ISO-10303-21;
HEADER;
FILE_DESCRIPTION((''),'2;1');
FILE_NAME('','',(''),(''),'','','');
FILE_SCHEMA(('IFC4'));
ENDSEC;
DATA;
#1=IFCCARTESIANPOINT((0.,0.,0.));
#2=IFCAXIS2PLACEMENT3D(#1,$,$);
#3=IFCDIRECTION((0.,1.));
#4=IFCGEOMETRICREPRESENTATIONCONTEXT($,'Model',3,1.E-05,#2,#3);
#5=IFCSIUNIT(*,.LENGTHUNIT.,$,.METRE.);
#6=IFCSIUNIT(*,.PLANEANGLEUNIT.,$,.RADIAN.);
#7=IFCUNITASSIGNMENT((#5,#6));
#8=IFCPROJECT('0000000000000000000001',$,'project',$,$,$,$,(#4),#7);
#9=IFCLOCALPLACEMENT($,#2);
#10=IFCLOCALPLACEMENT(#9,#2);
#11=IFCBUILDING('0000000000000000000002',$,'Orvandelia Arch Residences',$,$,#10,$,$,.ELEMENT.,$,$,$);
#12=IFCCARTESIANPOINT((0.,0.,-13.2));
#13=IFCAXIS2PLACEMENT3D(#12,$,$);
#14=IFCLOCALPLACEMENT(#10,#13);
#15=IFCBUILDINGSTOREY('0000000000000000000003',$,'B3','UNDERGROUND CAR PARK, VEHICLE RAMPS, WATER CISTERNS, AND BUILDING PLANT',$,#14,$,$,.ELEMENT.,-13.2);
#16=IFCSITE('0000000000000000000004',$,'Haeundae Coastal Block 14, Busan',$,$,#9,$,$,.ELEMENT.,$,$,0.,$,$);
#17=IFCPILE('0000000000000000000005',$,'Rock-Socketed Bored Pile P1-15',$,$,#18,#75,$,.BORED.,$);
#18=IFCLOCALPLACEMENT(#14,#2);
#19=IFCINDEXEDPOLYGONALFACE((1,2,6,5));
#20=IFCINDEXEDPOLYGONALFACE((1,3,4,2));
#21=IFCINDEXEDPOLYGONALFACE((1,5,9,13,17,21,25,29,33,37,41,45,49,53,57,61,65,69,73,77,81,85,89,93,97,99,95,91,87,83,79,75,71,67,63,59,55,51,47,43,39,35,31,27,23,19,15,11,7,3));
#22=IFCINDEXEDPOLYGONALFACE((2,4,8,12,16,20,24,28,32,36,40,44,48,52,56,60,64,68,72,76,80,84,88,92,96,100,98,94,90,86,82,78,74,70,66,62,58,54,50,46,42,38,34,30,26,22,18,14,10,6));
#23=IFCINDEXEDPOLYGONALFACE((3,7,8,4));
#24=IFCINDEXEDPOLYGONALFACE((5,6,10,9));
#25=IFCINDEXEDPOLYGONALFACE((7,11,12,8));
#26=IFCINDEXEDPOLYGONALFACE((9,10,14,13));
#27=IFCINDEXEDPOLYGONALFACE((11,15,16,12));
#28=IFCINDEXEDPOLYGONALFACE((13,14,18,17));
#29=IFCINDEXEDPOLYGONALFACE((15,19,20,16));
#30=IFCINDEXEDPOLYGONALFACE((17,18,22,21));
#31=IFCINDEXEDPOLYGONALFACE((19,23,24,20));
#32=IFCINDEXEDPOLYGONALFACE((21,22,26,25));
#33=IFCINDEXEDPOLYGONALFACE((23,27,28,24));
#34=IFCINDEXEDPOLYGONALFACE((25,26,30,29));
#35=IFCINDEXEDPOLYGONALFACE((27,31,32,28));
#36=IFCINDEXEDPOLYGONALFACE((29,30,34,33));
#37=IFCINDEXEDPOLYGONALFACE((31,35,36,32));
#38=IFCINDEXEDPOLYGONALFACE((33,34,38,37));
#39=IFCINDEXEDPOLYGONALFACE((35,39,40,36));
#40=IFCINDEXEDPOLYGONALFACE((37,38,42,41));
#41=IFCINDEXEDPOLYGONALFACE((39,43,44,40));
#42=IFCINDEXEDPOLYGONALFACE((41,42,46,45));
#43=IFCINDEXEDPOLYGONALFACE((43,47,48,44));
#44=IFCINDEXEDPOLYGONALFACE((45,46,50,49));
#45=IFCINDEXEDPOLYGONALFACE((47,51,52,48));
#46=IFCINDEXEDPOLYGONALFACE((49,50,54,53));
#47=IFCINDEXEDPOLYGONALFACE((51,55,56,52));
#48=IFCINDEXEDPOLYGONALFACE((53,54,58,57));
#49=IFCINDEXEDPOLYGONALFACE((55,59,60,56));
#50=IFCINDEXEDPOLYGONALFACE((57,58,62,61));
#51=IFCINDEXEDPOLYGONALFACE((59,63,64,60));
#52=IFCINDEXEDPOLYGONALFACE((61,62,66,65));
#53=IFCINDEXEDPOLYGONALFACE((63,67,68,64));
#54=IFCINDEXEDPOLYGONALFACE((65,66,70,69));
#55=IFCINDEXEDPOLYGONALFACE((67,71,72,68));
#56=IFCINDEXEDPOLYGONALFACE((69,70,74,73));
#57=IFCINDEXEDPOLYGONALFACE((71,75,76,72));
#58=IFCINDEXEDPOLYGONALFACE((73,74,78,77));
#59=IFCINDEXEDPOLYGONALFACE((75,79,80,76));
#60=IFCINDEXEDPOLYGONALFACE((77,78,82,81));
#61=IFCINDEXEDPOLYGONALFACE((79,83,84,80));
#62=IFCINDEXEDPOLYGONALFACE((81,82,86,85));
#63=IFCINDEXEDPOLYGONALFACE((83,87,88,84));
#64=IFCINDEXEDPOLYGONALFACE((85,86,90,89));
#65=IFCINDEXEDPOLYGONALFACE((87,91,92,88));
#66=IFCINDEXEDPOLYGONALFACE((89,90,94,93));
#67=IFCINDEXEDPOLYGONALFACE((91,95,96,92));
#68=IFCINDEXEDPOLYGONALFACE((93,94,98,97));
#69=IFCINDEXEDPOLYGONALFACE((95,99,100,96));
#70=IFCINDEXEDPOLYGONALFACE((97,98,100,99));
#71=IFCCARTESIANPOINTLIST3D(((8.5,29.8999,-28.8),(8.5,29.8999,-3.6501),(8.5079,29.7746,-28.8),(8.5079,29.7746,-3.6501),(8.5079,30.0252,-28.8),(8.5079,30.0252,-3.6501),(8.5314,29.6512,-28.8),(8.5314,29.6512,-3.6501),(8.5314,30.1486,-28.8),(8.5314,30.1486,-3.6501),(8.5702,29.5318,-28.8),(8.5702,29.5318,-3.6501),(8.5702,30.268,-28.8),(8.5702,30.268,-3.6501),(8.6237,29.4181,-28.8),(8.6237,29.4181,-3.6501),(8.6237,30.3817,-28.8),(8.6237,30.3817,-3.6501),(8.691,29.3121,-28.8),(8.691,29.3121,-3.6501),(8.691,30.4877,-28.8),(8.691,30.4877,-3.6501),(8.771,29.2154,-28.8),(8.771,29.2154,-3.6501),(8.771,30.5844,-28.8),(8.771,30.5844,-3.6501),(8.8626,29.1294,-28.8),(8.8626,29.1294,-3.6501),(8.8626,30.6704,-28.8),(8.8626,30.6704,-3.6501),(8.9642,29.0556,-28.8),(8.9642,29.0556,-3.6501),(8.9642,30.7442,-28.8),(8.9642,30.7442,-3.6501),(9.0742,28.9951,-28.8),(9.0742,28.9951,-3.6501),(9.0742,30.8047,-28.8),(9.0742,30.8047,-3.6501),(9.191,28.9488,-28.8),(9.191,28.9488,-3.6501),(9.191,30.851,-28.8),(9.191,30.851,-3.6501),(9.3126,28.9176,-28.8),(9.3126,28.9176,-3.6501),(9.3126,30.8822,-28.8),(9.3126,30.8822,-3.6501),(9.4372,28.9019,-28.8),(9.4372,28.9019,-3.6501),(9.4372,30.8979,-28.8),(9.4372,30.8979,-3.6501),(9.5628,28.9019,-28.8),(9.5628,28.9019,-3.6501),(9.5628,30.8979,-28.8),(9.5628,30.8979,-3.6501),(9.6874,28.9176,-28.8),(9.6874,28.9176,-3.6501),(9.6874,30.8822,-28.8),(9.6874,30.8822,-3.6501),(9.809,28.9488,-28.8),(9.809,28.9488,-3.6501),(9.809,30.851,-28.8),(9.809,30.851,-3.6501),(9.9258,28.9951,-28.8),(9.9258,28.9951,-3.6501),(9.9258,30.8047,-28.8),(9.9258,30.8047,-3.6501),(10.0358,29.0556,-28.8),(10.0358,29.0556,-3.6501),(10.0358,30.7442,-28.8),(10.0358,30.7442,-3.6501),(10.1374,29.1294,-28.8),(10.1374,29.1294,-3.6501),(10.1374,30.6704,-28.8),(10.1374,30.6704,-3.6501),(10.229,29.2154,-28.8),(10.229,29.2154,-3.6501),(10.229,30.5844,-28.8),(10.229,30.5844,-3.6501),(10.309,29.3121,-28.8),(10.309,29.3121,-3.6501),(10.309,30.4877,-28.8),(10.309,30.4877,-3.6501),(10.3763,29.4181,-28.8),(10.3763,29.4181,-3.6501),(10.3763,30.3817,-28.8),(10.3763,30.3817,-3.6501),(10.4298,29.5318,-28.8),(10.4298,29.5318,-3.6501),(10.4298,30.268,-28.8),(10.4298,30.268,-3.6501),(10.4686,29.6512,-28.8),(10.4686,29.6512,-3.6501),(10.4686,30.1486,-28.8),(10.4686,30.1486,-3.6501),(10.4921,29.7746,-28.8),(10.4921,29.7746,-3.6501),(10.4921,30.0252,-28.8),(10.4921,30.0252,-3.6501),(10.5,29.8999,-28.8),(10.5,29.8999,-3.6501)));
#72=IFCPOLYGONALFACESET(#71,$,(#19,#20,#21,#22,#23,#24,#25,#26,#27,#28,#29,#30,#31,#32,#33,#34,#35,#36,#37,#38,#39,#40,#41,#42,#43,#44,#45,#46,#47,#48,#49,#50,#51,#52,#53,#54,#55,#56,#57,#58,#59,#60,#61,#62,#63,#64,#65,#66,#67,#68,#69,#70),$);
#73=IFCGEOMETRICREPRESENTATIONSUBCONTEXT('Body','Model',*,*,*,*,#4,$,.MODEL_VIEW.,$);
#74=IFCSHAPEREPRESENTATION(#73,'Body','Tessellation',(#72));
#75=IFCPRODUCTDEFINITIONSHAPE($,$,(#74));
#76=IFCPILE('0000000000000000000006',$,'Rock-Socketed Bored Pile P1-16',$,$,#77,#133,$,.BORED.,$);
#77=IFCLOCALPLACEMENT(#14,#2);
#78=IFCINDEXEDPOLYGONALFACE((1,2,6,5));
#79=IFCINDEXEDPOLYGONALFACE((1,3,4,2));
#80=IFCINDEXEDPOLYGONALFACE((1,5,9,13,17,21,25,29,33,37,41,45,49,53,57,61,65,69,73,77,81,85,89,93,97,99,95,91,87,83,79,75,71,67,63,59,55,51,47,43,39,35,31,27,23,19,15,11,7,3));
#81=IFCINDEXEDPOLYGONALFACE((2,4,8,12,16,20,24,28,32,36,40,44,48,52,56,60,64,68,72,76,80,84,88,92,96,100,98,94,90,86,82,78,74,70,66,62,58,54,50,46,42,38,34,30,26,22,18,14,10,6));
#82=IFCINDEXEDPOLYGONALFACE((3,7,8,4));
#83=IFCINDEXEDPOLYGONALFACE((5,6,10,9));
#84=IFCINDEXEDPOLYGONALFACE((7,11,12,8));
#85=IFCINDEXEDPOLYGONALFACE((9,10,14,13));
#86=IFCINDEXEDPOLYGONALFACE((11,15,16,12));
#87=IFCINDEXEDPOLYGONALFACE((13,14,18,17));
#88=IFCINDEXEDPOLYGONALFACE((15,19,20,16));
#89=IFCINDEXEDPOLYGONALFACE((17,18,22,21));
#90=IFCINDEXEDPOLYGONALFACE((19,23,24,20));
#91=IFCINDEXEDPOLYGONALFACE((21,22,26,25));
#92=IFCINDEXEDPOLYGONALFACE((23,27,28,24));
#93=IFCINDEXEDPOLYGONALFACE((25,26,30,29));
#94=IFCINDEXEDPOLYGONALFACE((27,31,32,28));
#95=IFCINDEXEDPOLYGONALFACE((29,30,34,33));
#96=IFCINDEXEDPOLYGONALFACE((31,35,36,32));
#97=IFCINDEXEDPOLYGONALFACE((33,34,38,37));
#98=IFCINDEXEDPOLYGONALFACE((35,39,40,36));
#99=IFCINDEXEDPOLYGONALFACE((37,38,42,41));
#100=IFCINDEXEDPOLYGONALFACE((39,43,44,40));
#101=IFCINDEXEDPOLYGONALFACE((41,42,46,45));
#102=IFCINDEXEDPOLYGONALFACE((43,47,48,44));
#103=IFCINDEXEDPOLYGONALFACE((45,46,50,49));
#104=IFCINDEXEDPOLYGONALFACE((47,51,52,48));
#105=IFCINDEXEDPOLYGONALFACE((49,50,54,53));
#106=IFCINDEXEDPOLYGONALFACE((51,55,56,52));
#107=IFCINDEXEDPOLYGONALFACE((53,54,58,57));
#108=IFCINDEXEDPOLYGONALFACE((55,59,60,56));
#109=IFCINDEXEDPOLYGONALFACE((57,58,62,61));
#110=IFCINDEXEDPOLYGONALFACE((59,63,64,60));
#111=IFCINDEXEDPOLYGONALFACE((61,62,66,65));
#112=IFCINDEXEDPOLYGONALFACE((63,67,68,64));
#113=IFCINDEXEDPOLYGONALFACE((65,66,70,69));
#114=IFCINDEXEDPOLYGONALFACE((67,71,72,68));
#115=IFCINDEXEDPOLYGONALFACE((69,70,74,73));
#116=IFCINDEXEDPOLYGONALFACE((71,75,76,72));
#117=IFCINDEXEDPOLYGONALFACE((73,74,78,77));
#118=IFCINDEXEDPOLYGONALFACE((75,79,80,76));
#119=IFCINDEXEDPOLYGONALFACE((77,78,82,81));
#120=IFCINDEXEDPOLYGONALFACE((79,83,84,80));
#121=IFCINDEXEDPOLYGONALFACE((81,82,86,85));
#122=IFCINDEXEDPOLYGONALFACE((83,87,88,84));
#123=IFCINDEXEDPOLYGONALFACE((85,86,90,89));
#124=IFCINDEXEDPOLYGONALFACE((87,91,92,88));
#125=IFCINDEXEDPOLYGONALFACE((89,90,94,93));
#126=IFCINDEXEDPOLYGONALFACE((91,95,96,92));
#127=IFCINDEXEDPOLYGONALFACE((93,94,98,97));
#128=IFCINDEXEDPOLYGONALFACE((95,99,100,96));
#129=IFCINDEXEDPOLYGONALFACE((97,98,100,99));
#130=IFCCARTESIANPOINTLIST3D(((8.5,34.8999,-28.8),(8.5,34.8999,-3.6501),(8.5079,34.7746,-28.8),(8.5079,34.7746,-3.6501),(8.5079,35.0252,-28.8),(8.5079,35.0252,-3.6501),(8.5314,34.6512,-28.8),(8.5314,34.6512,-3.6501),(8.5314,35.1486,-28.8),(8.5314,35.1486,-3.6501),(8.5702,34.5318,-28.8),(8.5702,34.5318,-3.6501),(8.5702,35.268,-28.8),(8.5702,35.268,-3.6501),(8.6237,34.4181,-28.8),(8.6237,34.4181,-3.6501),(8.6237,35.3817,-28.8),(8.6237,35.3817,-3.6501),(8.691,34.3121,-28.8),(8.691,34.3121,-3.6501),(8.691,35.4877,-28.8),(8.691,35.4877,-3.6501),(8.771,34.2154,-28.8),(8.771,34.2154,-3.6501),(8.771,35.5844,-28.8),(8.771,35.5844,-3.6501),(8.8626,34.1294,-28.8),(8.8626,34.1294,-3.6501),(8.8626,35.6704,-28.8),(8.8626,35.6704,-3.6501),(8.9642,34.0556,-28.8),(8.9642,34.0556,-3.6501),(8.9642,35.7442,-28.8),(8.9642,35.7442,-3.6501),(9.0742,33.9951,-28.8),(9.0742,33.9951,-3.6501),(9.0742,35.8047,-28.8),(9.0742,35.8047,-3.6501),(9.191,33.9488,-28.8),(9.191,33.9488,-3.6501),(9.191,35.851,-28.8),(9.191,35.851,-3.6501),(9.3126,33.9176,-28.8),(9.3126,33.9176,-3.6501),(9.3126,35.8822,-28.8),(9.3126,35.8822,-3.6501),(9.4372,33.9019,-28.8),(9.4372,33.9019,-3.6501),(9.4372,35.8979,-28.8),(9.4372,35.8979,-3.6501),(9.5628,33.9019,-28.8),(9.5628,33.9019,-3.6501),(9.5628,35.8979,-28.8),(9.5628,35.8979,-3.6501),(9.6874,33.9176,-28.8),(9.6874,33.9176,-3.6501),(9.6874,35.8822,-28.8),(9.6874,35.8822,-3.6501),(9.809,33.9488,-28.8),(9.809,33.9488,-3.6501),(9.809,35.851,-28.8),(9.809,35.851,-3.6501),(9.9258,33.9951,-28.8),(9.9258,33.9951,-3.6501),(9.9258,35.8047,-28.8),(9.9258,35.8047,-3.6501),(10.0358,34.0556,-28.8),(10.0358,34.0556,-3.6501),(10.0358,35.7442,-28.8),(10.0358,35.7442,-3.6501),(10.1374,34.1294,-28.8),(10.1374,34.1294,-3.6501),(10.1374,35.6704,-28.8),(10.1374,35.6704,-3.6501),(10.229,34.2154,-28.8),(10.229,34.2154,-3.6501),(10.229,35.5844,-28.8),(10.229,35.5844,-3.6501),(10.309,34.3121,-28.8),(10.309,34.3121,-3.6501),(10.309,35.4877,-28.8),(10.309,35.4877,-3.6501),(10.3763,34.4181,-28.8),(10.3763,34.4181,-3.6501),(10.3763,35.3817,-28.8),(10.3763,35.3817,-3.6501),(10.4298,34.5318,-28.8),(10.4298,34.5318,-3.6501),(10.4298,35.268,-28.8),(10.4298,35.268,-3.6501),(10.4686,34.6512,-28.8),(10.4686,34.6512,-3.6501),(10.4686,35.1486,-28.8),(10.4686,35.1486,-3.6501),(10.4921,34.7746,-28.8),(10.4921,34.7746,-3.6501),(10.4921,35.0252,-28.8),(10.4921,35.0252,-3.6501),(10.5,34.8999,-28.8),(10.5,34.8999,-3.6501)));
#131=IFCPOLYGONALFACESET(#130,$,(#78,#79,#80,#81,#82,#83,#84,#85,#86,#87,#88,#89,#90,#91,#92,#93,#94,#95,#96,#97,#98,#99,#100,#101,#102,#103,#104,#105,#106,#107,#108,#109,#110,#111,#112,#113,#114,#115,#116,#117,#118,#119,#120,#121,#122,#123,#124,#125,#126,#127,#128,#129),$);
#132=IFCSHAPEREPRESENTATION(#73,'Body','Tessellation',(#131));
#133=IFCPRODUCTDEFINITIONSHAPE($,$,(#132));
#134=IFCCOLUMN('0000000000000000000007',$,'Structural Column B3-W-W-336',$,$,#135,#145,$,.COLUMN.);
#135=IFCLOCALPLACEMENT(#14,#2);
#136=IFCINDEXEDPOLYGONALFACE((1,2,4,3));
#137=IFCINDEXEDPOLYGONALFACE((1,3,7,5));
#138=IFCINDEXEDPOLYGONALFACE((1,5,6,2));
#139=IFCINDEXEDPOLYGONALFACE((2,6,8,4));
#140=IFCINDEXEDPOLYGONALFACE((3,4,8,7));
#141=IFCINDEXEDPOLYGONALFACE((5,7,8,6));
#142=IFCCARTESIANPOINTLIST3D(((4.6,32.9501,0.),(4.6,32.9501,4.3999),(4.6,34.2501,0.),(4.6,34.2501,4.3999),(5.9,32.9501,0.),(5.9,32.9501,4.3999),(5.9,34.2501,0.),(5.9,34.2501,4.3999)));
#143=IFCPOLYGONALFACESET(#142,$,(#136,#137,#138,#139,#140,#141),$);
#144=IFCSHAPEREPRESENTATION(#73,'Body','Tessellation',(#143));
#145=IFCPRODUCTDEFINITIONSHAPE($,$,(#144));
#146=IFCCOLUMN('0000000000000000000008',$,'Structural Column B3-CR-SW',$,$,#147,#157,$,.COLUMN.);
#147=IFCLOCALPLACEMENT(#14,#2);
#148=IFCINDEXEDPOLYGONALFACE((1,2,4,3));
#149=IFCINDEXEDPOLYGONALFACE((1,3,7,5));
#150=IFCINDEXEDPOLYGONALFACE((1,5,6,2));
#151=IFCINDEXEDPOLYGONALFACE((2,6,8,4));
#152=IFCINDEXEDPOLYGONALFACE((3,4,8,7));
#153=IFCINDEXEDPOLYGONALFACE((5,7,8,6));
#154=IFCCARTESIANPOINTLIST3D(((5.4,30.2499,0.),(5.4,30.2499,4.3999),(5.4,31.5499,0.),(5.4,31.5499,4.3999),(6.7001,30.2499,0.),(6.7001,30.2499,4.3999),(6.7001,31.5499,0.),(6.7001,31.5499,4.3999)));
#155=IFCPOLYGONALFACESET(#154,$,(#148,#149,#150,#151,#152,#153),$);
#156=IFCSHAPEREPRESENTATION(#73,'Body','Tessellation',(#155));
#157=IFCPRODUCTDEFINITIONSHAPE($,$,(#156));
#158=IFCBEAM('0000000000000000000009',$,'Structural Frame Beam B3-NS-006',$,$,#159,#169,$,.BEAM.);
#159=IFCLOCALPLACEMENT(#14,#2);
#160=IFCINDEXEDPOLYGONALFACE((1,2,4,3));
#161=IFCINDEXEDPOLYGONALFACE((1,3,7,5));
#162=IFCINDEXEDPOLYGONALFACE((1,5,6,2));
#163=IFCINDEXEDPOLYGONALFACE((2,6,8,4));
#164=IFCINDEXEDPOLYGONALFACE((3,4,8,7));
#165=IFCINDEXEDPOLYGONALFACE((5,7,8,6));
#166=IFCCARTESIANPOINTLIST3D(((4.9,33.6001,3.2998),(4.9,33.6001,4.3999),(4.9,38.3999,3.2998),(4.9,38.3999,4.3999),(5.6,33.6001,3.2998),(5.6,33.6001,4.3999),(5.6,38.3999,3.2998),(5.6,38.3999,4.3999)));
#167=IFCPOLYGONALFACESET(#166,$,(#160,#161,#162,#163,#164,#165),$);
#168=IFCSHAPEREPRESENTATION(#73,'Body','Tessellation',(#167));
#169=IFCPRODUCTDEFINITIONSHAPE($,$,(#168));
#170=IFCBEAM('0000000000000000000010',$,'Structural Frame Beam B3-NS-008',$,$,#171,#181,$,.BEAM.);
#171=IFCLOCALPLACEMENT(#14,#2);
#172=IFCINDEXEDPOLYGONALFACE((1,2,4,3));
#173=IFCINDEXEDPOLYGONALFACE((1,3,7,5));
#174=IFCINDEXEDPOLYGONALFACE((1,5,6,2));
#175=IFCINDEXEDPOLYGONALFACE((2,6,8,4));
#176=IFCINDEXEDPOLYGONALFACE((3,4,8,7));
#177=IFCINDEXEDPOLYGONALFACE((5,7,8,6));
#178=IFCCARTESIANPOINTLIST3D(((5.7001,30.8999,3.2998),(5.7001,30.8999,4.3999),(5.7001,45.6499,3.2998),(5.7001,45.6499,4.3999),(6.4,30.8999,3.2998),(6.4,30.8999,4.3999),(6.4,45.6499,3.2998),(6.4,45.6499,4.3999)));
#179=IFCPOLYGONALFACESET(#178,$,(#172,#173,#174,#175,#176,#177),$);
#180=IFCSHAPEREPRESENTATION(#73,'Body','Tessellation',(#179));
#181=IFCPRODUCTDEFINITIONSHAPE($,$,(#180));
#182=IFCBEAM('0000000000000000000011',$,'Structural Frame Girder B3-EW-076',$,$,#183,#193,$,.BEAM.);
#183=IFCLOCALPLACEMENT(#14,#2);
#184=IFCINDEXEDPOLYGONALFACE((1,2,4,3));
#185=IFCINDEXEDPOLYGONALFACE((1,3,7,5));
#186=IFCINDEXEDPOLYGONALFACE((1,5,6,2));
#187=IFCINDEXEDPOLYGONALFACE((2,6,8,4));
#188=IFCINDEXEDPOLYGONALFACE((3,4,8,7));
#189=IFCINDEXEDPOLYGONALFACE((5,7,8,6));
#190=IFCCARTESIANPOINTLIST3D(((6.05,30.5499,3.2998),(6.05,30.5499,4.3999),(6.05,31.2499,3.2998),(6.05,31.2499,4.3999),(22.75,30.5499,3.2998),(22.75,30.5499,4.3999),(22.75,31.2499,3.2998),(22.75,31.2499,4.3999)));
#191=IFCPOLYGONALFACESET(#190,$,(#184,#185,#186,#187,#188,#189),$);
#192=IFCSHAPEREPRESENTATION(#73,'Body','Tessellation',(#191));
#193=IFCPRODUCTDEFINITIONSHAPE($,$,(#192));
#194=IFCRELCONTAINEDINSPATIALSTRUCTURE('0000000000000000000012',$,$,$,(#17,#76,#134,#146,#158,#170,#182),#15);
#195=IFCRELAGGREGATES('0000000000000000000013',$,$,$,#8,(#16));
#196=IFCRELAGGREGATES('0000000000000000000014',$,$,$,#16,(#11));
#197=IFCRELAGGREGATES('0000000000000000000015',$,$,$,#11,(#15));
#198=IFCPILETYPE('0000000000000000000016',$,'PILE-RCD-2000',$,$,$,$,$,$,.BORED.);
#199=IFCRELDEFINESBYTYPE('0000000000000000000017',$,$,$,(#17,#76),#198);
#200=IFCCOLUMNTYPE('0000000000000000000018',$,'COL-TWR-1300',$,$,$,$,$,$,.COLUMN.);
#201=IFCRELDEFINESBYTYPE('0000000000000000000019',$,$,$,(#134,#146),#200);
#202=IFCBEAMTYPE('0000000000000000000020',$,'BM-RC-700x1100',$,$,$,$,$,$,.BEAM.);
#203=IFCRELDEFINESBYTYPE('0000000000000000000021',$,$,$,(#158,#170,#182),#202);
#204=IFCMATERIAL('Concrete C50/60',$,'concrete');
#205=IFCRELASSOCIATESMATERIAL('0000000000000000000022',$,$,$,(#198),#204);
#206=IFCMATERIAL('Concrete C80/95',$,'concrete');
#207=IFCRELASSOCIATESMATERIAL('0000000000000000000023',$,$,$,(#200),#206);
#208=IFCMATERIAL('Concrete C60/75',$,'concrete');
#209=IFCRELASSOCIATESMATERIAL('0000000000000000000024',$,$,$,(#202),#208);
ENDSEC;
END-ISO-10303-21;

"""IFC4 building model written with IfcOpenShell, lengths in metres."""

from ifc_helpers import new_model, si_unit, direction, frame, origin, origin_2d, place, context, subcontext, project, spatial, rectangle, circle, extrude, material, material_profile, profile_set, type_object, element, save


model = new_model("IFC4")

# Units and contexts
model_context = context("Model", 3, precision=1e-05, world=origin(), true_north=direction((0.0, 1.0)))
body_context = subcontext(model_context, "Body", "Model", "MODEL_VIEW")
ifc_project = project(units=[si_unit("LENGTHUNIT", "METRE"), si_unit("PLANEANGLEUNIT", "RADIAN")], contexts=[model_context])

# Site, building, storey
site_placement = place(None, origin())
site = spatial("IfcSite", under=ifc_project, at=site_placement, Name="Haeundae Coastal Block 14, Busan", CompositionType="ELEMENT", RefElevation=0.0)
building_placement = place(site_placement, origin())
building = spatial("IfcBuilding", under=site, at=building_placement, Name="Orvandelia Arch Residences", CompositionType="ELEMENT")
storey_placement = place(building_placement, frame((0.0, 0.0, -13.2)))
storey = spatial("IfcBuildingStorey", under=building, at=storey_placement, Name="B3", Description="UNDERGROUND CAR PARK, VEHICLE RAMPS, WATER CISTERNS, AND BUILDING PLANT", CompositionType="ELEMENT", Elevation=-13.2)

# Shared definitions
ifc_material_1 = material(Name="Concrete C50/60", Category="concrete")

# Piles
ifc_material_profile_1 = material_profile(ifc_material_1, circle(Radius=1.0, at=origin_2d()), Name="Concrete C50/60", Category="concrete")
ifc_profile_set_1 = profile_set([ifc_material_profile_1], Name="Concrete C50/60")
pile_type = type_object("IfcPileType", Name="PILE-RCD-2000", PredefinedType="BORED", material=ifc_profile_set_1)
for number, where, z_axis, x_axis, name in (
    (1, (9.5, 29.8999, -3.6501), (0.0, 0.0, -1.0), (1.0, 0.0, 0.0), "Rock-Socketed Bored Pile P1-15"),
    (2, (9.5, 34.8999, -3.6501), (0.0, 0.0, -1.0), (1.0, 0.0, 0.0), "Rock-Socketed Bored Pile P1-16"),
):
    element("IfcPile", number, at=place(storey_placement, frame(where, z_axis=z_axis, x_axis=x_axis)), inside=storey, type_object=pile_type, Name=name, PredefinedType="BORED", context=body_context, shape_type="SweptSolid", body=[
        extrude(circle(Radius=1.0, at=origin_2d()), origin(), (0.0, 0.0, 1.0), 25.1499),
    ])

# Columns
ifc_material_2 = material(Name="Concrete C80/95", Category="concrete")
ifc_material_profile_2 = material_profile(ifc_material_2, rectangle(XDim=1.3, YDim=1.3, at=origin_2d()), Name="Concrete C80/95", Category="concrete")
ifc_profile_set_2 = profile_set([ifc_material_profile_2], Name="Concrete C80/95")
column_type = type_object("IfcColumnType", Name="COL-TWR-1300", PredefinedType="COLUMN", material=ifc_profile_set_2)
for number, where, z_axis, x_axis, name in (
    (3, (5.25, 33.6001, 0.0), (0.0, 0.0, 1.0), (1.0, 0.0, 0.0), "Structural Column B3-W-W-336"),
    (4, (6.05, 30.8999, 0.0), (0.0, 0.0, 1.0), (1.0, 0.0, 0.0), "Structural Column B3-CR-SW"),
):
    element("IfcColumn", number, at=place(storey_placement, frame(where, z_axis=z_axis, x_axis=x_axis)), inside=storey, type_object=column_type, Name=name, PredefinedType="COLUMN", context=body_context, shape_type="SweptSolid", body=[
        extrude(rectangle(XDim=1.3, YDim=1.3, at=origin_2d()), origin(), (0.0, 0.0, 1.0), 4.3999),
    ])

# Beams
ifc_material_3 = material(Name="Concrete C60/75", Category="concrete")
ifc_material_profile_3 = material_profile(ifc_material_3, rectangle(XDim=0.7, YDim=1.1001, at=origin_2d()), Name="Concrete C60/75", Category="concrete")
ifc_profile_set_3 = profile_set([ifc_material_profile_3], Name="Concrete C60/75")
beam_type = type_object("IfcBeamType", Name="BM-RC-700x1100", PredefinedType="BEAM", material=ifc_profile_set_3)
beam_1_placement = place(storey_placement, frame((5.25, 33.6001, 3.8499), z_axis=(0.0, 1.0, 0.0), x_axis=(-1.0, 0.0, 0.0)))
element("IfcBeam", 5, at=beam_1_placement, inside=storey, type_object=beam_type, Name="Structural Frame Beam B3-NS-006", PredefinedType="BEAM", context=body_context, shape_type="SweptSolid", body=[
    extrude(rectangle(XDim=0.7, YDim=1.1001, at=origin_2d()), origin(), (0.0, 0.0, 1.0), 4.7998),
])
beam_2_placement = place(storey_placement, frame((6.05, 30.8999, 3.8499), z_axis=(0.0, 1.0, 0.0), x_axis=(-1.0, 0.0, 0.0)))
element("IfcBeam", 6, at=beam_2_placement, inside=storey, type_object=beam_type, Name="Structural Frame Beam B3-NS-008", PredefinedType="BEAM", context=body_context, shape_type="SweptSolid", body=[
    extrude(rectangle(XDim=0.7, YDim=1.1001, at=origin_2d()), origin(), (0.0, 0.0, 1.0), 14.75),
])
beam_3_placement = place(storey_placement, frame((6.05, 30.8999, 3.8499), z_axis=(1.0, 0.0, 0.0), x_axis=(0.0, 1.0, 0.0)))
element("IfcBeam", 7, at=beam_3_placement, inside=storey, type_object=beam_type, Name="Structural Frame Girder B3-EW-076", PredefinedType="BEAM", context=body_context, shape_type="SweptSolid", body=[
    extrude(rectangle(XDim=0.7, YDim=1.1001, at=origin_2d()), origin(), (0.0, 0.0, 1.0), 16.7),
])

save(model, "model.ifc")
